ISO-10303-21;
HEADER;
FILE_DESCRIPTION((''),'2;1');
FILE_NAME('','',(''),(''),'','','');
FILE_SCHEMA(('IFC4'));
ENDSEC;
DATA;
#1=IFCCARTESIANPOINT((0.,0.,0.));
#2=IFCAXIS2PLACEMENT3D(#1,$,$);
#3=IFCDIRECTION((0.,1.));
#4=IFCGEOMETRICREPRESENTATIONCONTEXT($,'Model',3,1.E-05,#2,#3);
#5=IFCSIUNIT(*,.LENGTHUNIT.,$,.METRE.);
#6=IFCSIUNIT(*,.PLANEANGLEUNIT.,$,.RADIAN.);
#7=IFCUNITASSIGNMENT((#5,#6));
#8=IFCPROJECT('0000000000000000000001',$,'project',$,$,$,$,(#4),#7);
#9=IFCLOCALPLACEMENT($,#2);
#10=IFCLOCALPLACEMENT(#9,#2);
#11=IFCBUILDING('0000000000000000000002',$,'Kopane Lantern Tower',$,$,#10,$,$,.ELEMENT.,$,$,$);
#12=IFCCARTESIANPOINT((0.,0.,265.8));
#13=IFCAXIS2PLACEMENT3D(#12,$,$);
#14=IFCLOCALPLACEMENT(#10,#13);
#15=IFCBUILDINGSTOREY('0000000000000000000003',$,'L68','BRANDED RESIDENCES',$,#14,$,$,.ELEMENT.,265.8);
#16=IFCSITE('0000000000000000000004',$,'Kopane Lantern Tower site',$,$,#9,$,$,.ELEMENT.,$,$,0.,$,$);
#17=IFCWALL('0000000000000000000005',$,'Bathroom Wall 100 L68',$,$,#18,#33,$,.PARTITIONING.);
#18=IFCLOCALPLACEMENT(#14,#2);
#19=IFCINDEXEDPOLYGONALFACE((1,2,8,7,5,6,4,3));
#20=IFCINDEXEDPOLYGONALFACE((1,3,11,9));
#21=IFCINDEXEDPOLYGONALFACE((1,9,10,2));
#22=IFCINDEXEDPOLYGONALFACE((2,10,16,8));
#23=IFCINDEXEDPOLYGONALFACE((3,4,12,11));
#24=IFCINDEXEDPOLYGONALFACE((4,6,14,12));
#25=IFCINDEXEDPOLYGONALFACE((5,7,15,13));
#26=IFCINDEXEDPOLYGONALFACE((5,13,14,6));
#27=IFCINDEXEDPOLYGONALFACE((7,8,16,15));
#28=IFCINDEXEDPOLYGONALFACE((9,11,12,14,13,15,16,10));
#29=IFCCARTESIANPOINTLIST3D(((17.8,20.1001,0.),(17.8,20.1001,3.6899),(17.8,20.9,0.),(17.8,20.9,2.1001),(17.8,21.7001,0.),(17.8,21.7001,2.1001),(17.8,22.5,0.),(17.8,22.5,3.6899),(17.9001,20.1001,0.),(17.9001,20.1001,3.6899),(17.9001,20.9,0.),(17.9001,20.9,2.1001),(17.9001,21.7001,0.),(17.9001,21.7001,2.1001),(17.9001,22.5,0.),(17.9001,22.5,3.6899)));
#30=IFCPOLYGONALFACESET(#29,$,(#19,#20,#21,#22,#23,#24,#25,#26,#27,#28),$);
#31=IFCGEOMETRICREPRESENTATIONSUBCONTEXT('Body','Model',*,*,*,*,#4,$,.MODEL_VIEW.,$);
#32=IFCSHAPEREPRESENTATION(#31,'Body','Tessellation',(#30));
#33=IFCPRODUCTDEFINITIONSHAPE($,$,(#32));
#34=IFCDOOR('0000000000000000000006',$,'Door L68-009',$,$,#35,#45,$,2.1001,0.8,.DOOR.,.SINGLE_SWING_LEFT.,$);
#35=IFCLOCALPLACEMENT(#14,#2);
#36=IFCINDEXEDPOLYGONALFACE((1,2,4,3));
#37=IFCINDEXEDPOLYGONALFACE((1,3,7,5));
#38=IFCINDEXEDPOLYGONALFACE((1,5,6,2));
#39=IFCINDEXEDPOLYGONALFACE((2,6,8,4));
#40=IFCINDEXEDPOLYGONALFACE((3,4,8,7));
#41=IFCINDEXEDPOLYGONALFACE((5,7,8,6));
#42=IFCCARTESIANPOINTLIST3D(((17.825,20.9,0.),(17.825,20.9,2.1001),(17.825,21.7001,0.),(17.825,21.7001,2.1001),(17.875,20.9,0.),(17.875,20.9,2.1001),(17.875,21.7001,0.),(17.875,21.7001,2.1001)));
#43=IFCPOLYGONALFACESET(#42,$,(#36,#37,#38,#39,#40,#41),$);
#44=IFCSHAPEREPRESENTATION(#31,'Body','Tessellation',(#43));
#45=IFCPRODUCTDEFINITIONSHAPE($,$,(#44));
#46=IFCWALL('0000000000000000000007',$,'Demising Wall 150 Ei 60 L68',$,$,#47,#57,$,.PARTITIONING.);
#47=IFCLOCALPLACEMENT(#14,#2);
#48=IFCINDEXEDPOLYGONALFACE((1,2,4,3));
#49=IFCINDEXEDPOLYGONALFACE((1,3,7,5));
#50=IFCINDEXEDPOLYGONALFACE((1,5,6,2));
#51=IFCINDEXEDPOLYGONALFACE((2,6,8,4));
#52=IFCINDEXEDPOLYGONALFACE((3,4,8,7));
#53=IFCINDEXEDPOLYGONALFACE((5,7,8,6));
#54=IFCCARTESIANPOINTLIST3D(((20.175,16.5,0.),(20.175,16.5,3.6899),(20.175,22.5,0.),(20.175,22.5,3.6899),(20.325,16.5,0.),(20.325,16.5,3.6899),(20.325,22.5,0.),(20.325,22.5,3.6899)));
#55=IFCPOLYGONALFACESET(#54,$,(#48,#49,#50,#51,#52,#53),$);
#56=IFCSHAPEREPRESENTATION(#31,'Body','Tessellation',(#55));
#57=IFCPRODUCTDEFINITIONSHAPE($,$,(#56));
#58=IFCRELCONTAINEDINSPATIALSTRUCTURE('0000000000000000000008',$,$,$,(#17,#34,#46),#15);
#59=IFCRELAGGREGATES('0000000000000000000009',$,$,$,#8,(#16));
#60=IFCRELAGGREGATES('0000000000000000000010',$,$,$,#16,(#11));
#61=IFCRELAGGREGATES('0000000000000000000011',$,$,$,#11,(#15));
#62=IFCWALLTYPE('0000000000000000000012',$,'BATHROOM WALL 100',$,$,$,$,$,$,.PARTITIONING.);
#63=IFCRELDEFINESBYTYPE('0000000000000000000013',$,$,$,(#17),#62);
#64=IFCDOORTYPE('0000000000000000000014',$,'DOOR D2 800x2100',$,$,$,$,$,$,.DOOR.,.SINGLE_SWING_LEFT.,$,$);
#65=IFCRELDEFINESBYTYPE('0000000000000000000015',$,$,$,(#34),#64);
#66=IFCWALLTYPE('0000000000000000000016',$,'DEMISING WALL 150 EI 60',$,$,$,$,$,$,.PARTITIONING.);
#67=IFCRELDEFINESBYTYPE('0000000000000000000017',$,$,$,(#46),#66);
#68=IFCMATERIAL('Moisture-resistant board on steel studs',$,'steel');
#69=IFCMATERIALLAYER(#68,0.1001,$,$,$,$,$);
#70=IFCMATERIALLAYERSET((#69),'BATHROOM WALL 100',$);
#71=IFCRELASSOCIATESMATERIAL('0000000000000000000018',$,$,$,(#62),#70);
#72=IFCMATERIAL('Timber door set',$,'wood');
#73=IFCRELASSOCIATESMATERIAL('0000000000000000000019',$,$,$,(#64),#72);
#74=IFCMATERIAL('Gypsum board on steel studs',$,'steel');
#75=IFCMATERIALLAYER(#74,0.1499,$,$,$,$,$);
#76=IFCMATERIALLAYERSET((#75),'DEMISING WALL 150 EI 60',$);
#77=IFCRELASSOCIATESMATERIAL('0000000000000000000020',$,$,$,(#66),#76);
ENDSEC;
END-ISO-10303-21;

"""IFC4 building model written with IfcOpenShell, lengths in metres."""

from ifc_helpers import new_model, si_unit, direction, frame, frame_2d, origin, place, context, subcontext, project, spatial, rectangle, extrude, material, layer, layer_set, type_object, element, fill, save


model = new_model("IFC4")

# Units and contexts
model_context = context("Model", 3, precision=1e-05, world=origin(), true_north=direction((0.0, 1.0)))
body_context = subcontext(model_context, "Body", "Model", "MODEL_VIEW")
ifc_project = project(units=[si_unit("LENGTHUNIT", "METRE"), si_unit("PLANEANGLEUNIT", "RADIAN")], contexts=[model_context])

# Site, building, storey
site_placement = place(None, origin())
site = spatial("IfcSite", under=ifc_project, at=site_placement, Name="Kopane Lantern Tower site", CompositionType="ELEMENT", RefElevation=0.0)
building_placement = place(site_placement, origin())
building = spatial("IfcBuilding", under=site, at=building_placement, Name="Kopane Lantern Tower", CompositionType="ELEMENT")
storey_placement = place(building_placement, frame((0.0, 0.0, 265.8)))
storey = spatial("IfcBuildingStorey", under=building, at=storey_placement, Name="L68", Description="BRANDED RESIDENCES", CompositionType="ELEMENT", Elevation=265.8)

# Wall, opening, door
ifc_material_1 = material(Name="Moisture-resistant board on steel studs", Category="steel")
ifc_layer_1 = layer(ifc_material_1, 0.1001)
ifc_layer_set_1 = layer_set([ifc_layer_1], Name="BATHROOM WALL 100")
wall_type_1 = type_object("IfcWallType", Name="BATHROOM WALL 100", PredefinedType="PARTITIONING", material=ifc_layer_set_1)
wall_1_placement = place(storey_placement, frame((17.8501, 22.5, 0.0), z_axis=(0.0, 0.0, 1.0), x_axis=(0.0, -1.0, 0.0)))
wall_1 = element("IfcWall", 1, at=wall_1_placement, inside=storey, type_object=wall_type_1, Name="Bathroom Wall 100 L68", PredefinedType="PARTITIONING", context=body_context, shape_type="SweptSolid", body=[
    extrude(rectangle(XDim=2.3999, YDim=0.1001, at=frame_2d((1.2, 0.0))), origin(), (0.0, 0.0, 1.0), 3.6899),
])
opening_placement = place(wall_1_placement, frame((0.8, 0.0, 0.0)))
opening = element("IfcOpeningElement", 2, at=opening_placement, cuts=wall_1, PredefinedType="OPENING", context=body_context, shape_type="SweptSolid", body=[
    extrude(rectangle(XDim=0.8, YDim=2.1001, at=frame_2d((0.3999, 1.05))), frame((0.0, 0.0601, 0.0), z_axis=(0.0, -1.0, 0.0), x_axis=(1.0, 0.0, 0.0)), (0.0, 0.0, 1.0), 0.1201),
])
ifc_material_2 = material(Name="Timber door set", Category="wood")
door_type = type_object("IfcDoorType", Name="DOOR D2 800x2100", OperationType="SINGLE_SWING_LEFT", PredefinedType="DOOR", material=ifc_material_2)
door_placement = place(opening_placement, origin())
door = element("IfcDoor", 3, at=door_placement, inside=storey, type_object=door_type, Name="Door L68-009", OperationType="SINGLE_SWING_LEFT", OverallHeight=2.1001, OverallWidth=0.8, PredefinedType="DOOR", context=body_context, shape_type="SweptSolid", body=[
    extrude(rectangle(XDim=0.8, YDim=2.1001, at=frame_2d((0.3999, 1.05))), frame((0.0, 0.0249, 0.0), z_axis=(0.0, -1.0, 0.0), x_axis=(1.0, 0.0, 0.0)), (0.0, 0.0, 1.0), 0.05),
])
fill(opening, door)

# Wall
ifc_material_3 = material(Name="Gypsum board on steel studs", Category="steel")
ifc_layer_2 = layer(ifc_material_3, 0.1499)
ifc_layer_set_2 = layer_set([ifc_layer_2], Name="DEMISING WALL 150 EI 60")
wall_type_2 = type_object("IfcWallType", Name="DEMISING WALL 150 EI 60", PredefinedType="PARTITIONING", material=ifc_layer_set_2)
wall_2_placement = place(storey_placement, frame((20.25, 22.5, 0.0), z_axis=(0.0, 0.0, 1.0), x_axis=(0.0, -1.0, 0.0)))
element("IfcWall", 4, at=wall_2_placement, inside=storey, type_object=wall_type_2, Name="Demising Wall 150 Ei 60 L68", PredefinedType="PARTITIONING", context=body_context, shape_type="SweptSolid", body=[
    extrude(rectangle(XDim=6.0, YDim=0.1499, at=frame_2d((3.0, 0.0))), origin(), (0.0, 0.0, 1.0), 3.6899),
])

save(model, "model.ifc")
